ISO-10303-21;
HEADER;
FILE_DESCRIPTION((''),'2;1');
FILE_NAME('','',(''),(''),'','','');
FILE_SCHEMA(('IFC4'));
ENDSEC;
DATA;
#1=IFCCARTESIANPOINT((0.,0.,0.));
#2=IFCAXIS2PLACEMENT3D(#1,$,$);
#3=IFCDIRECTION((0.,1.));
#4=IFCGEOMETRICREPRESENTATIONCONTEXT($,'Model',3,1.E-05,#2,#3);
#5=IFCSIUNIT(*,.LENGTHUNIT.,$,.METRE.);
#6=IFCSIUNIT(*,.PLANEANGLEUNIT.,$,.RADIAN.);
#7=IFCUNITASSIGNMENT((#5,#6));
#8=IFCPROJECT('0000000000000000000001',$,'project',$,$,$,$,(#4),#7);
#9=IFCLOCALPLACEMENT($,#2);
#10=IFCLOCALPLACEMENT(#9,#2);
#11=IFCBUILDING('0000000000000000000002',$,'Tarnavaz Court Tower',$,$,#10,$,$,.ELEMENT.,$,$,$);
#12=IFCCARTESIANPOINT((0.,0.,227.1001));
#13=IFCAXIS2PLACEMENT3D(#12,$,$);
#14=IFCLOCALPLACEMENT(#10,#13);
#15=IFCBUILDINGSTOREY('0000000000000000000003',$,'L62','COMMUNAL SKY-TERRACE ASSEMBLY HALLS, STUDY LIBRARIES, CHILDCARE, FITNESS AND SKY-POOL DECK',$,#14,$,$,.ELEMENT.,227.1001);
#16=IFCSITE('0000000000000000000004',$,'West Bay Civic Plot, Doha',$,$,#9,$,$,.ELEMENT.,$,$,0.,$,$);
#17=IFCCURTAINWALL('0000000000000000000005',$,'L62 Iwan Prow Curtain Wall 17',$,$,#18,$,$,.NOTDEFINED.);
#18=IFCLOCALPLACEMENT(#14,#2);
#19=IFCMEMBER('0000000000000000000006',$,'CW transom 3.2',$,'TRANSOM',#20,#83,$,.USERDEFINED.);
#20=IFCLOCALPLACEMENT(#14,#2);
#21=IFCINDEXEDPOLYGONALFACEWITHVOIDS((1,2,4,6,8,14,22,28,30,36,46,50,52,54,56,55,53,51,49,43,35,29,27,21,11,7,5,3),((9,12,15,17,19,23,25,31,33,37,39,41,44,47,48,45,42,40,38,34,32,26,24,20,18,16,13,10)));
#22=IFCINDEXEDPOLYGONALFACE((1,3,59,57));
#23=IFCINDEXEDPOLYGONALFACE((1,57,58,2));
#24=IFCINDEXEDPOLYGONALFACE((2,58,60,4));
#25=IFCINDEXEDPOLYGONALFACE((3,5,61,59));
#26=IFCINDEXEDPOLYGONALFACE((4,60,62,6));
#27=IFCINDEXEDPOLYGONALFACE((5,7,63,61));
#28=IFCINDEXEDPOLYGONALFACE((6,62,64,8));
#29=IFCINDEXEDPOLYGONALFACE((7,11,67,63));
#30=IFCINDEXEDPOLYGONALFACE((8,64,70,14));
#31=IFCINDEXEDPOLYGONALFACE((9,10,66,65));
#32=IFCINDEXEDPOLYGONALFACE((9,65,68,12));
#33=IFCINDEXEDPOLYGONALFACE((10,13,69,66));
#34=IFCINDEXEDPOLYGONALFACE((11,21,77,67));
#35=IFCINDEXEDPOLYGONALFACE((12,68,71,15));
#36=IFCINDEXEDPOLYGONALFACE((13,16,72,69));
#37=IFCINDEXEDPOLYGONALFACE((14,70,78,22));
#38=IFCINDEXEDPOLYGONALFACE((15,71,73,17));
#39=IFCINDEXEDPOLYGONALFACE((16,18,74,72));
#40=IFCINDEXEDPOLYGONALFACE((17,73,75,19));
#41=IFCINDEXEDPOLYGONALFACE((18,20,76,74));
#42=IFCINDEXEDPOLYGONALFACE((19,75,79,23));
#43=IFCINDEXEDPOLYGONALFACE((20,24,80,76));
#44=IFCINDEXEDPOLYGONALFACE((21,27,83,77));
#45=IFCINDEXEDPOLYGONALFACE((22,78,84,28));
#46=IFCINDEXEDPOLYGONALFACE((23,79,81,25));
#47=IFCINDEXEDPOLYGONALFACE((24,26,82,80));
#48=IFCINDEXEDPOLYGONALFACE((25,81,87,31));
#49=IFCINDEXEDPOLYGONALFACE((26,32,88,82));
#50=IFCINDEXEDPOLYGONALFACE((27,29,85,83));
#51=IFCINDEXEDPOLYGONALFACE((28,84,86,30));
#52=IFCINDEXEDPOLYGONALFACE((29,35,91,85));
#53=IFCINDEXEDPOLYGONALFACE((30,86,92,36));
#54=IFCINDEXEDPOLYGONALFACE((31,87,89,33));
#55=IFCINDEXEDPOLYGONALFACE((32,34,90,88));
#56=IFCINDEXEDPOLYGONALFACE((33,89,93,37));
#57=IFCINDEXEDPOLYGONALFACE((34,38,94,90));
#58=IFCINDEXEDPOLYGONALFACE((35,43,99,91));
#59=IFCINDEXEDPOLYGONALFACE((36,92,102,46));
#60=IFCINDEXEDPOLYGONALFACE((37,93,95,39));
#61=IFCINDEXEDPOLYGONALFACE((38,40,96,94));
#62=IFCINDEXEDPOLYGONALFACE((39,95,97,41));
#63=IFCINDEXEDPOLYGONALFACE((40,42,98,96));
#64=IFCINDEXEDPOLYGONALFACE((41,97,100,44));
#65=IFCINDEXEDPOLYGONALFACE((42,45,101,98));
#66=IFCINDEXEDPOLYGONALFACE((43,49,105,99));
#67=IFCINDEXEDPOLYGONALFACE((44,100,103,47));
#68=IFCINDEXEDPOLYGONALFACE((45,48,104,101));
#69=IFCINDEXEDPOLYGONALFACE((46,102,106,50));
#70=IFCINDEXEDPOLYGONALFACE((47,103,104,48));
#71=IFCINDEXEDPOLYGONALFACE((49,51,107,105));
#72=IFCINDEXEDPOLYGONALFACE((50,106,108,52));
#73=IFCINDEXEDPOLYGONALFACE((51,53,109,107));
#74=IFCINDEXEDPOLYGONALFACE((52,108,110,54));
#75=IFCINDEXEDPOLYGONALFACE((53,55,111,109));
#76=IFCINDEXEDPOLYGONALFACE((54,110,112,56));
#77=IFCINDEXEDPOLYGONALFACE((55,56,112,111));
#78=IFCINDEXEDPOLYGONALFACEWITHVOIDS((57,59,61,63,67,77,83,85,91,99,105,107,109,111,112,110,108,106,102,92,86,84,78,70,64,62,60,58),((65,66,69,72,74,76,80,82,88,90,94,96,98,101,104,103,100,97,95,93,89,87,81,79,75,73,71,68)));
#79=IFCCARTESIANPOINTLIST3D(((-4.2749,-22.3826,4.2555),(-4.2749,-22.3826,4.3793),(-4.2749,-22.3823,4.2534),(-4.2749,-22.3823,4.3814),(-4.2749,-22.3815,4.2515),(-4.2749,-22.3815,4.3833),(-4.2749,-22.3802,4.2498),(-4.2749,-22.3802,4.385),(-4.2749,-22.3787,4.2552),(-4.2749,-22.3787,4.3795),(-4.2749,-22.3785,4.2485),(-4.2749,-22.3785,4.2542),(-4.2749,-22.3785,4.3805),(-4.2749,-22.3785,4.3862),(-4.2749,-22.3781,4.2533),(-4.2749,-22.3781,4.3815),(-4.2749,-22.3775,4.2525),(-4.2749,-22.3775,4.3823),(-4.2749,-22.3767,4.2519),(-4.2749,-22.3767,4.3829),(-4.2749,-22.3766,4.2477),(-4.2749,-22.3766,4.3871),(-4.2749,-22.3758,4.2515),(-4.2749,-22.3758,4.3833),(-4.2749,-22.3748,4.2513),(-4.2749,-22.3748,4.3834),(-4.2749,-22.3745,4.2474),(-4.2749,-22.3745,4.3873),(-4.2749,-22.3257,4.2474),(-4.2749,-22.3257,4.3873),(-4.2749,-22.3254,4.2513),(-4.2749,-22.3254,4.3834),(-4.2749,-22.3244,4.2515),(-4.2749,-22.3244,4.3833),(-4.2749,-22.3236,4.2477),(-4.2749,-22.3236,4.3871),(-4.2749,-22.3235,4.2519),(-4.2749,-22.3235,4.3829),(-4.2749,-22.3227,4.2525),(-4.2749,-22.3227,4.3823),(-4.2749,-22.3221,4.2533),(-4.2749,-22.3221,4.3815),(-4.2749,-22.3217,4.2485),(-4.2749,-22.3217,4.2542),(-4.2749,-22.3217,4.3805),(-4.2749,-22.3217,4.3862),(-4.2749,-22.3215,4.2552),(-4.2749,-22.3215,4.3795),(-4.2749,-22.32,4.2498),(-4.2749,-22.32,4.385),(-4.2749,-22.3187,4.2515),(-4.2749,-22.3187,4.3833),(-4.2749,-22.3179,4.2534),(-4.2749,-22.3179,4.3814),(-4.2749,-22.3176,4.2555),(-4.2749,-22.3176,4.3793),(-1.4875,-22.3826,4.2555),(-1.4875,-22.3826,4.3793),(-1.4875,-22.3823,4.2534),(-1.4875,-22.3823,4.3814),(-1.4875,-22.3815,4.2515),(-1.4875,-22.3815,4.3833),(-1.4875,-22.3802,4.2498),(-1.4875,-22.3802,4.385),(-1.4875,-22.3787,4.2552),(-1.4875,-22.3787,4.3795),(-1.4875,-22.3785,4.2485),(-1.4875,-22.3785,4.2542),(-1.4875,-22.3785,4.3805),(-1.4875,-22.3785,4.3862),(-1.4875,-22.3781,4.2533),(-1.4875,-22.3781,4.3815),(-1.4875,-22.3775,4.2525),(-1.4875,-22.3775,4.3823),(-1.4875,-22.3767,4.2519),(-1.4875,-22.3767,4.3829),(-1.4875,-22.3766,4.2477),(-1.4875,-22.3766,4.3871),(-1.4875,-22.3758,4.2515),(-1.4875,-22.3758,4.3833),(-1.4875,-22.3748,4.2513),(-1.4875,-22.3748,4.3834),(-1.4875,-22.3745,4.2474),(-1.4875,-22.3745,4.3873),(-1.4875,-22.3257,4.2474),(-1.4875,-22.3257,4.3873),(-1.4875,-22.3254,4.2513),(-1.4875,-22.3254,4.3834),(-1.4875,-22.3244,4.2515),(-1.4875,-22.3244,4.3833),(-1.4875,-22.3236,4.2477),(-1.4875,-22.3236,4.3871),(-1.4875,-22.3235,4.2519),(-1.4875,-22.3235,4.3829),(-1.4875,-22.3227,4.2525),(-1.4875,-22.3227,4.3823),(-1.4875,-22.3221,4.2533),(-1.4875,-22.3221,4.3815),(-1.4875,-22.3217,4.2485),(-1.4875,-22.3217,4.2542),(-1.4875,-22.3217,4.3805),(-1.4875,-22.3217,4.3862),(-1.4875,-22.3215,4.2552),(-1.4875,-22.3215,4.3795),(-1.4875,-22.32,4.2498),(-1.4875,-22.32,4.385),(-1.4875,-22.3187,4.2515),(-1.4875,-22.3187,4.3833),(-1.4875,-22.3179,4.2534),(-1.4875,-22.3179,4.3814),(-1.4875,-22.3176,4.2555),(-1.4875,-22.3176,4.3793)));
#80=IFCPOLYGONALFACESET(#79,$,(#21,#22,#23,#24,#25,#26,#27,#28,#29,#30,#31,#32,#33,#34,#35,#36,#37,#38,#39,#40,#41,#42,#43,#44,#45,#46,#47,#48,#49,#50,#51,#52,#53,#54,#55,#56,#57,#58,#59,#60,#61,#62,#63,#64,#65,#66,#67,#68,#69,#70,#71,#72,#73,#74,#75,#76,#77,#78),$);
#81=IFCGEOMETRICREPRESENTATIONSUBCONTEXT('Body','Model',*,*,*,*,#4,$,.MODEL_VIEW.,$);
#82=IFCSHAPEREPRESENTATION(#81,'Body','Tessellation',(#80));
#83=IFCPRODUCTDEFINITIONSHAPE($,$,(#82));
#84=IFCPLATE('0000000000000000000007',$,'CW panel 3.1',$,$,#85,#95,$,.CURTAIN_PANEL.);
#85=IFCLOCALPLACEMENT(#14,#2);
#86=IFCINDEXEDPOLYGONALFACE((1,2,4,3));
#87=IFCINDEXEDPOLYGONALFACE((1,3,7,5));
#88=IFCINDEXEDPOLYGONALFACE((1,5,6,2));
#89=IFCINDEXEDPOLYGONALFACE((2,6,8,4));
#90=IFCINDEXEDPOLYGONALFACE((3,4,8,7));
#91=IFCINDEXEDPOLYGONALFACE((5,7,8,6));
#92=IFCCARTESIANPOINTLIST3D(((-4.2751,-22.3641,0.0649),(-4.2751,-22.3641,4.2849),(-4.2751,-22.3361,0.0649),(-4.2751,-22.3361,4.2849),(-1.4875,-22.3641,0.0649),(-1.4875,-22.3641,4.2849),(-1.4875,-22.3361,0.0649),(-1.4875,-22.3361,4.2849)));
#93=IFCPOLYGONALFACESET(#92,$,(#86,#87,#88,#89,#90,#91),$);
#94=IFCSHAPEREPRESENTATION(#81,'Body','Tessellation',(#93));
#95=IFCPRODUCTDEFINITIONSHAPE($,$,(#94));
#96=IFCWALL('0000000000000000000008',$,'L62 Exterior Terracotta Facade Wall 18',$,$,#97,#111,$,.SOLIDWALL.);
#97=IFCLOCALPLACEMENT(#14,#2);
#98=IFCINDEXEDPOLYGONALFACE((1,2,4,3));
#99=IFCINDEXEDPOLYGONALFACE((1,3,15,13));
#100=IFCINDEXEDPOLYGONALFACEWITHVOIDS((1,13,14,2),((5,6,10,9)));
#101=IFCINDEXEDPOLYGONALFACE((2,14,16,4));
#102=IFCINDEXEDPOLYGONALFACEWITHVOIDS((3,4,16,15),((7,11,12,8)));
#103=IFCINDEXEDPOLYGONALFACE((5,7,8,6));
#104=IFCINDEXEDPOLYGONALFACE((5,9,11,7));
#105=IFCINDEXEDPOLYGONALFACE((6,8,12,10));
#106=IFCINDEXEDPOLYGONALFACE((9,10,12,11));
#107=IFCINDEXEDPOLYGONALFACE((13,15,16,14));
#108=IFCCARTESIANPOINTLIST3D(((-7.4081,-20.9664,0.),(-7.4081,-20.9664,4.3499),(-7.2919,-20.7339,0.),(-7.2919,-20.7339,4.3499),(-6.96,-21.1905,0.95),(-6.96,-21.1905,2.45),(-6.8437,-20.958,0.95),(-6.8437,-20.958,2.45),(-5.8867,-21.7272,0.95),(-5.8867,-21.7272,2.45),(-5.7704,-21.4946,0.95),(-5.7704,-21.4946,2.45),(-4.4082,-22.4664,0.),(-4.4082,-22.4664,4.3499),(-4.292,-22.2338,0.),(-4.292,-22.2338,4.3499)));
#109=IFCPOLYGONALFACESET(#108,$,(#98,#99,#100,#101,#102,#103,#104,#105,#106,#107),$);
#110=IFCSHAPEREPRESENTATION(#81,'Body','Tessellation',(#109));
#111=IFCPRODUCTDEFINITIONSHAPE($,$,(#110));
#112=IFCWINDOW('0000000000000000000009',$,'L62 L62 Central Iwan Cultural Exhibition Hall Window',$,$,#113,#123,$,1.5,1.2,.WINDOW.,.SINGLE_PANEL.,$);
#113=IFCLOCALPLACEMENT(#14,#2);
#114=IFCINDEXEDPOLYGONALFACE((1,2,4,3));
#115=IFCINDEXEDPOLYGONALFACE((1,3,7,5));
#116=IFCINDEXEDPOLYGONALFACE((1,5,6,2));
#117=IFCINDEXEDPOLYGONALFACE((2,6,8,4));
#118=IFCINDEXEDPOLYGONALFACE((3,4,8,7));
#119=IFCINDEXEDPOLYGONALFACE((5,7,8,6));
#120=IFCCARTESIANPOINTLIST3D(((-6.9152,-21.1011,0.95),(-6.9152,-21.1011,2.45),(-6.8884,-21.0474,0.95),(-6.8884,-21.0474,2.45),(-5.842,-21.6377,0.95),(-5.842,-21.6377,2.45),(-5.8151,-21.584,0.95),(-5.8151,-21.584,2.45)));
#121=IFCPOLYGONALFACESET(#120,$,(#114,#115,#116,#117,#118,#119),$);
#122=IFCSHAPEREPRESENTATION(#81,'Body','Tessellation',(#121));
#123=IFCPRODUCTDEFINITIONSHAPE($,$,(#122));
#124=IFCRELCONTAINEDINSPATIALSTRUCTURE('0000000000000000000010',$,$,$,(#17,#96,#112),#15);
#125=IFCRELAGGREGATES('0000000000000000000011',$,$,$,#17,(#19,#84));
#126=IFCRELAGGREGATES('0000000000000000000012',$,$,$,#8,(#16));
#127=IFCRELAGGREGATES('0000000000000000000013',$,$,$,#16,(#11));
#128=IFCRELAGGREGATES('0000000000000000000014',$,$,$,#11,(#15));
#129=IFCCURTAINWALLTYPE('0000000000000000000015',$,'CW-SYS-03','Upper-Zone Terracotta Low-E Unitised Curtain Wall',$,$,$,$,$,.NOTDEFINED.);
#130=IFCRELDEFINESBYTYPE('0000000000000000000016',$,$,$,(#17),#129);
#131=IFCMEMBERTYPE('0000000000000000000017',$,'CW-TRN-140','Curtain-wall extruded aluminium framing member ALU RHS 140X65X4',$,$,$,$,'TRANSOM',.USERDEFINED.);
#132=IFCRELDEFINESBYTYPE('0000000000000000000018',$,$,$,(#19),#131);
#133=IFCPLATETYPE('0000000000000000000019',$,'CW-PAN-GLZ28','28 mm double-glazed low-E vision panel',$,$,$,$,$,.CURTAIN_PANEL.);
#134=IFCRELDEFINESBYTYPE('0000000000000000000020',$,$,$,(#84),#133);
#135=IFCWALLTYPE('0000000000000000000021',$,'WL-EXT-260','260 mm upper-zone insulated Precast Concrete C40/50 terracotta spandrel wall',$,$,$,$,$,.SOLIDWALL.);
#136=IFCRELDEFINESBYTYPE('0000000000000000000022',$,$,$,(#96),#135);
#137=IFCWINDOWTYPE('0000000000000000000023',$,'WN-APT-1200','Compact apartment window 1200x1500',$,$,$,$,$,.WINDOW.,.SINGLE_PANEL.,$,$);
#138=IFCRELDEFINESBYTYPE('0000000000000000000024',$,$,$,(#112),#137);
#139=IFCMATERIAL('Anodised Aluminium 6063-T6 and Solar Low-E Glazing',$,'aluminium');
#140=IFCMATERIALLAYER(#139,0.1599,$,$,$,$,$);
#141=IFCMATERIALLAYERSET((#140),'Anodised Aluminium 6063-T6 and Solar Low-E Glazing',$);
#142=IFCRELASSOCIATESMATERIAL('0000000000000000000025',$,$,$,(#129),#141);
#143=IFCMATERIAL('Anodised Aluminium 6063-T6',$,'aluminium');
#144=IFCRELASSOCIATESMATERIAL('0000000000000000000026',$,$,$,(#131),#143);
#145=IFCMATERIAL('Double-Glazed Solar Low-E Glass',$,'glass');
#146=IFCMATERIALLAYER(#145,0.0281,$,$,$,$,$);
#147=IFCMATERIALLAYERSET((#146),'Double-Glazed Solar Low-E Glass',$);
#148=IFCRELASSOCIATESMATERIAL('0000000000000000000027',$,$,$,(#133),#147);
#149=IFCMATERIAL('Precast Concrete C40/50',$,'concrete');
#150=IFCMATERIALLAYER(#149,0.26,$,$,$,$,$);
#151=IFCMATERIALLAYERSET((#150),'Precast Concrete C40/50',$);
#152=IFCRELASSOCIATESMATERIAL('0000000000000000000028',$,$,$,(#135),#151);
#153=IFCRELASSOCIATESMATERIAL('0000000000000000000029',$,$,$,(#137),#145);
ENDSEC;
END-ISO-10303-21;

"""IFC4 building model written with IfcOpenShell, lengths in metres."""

from ifc_helpers import new_model, si_unit, direction, frame, frame_2d, origin, origin_2d, place, context, subcontext, project, spatial, rectangle, hollow_rectangle, extrude, material, layer, layer_set, material_profile, profile_set, type_object, element, fill, aggregate, save


model = new_model("IFC4")

# Units and contexts
model_context = context("Model", 3, precision=1e-05, world=origin(), true_north=direction((0.0, 1.0)))
body_context = subcontext(model_context, "Body", "Model", "MODEL_VIEW")
ifc_project = project(units=[si_unit("LENGTHUNIT", "METRE"), si_unit("PLANEANGLEUNIT", "RADIAN")], contexts=[model_context])

# Site, building, storey
site_placement = place(None, origin())
site = spatial("IfcSite", under=ifc_project, at=site_placement, Name="West Bay Civic Plot, Doha", CompositionType="ELEMENT", RefElevation=0.0)
building_placement = place(site_placement, origin())
building = spatial("IfcBuilding", under=site, at=building_placement, Name="Tarnavaz Court Tower", CompositionType="ELEMENT")
storey_placement = place(building_placement, frame((0.0, 0.0, 227.1001)))
storey = spatial("IfcBuildingStorey", under=building, at=storey_placement, Name="L62", Description="COMMUNAL SKY-TERRACE ASSEMBLY HALLS, STUDY LIBRARIES, CHILDCARE, FITNESS AND SKY-POOL DECK", CompositionType="ELEMENT", Elevation=227.1001)

# Curtain wall, member, plate
ifc_material_1 = material(Name="Anodised Aluminium 6063-T6 and Solar Low-E Glazing", Category="aluminium")
ifc_layer_1 = layer(ifc_material_1, 0.1599)
ifc_layer_set_1 = layer_set([ifc_layer_1], Name="Anodised Aluminium 6063-T6 and Solar Low-E Glazing")
curtain_wall_type = type_object("IfcCurtainWallType", Name="CW-SYS-03", Description="Upper-Zone Terracotta Low-E Unitised Curtain Wall", PredefinedType="NOTDEFINED", material=ifc_layer_set_1)
curtain_wall_placement = place(storey_placement, origin())
curtain_wall = element("IfcCurtainWall", 1, at=curtain_wall_placement, inside=storey, type_object=curtain_wall_type, Name="L62 Iwan Prow Curtain Wall 17", PredefinedType="NOTDEFINED")
ifc_material_2 = material(Name="Anodised Aluminium 6063-T6", Category="aluminium")
ifc_material_profile_1 = material_profile(ifc_material_2, hollow_rectangle(XDim=0.0649, YDim=0.1399, WallThickness=0.0039, InnerFilletRadius=0.0039, OuterFilletRadius=0.0081, at=origin_2d()), Name="ALU RHS 140X65X4")
ifc_profile_set_1 = profile_set([ifc_material_profile_1], Name="Anodised Aluminium 6063-T6")
member_type_1 = type_object("IfcMemberType", Name="CW-TRN-140", Description="Curtain-wall extruded aluminium framing member ALU RHS 140X65X4", ElementType="TRANSOM", PredefinedType="USERDEFINED", material=ifc_profile_set_1)
member_1_placement = place(storey_placement, frame((-1.4875, -22.3501, 4.3174), z_axis=(-1.0, 0.0, 0.0), x_axis=(0.0, -1.0, 0.0)))
member_1 = element("IfcMember", 2, at=member_1_placement, type_object=member_type_1, Name="CW transom 3.2", ObjectType="TRANSOM", PredefinedType="USERDEFINED", context=body_context, shape_type="SweptSolid", body=[
    extrude(hollow_rectangle(XDim=0.0649, YDim=0.1399, WallThickness=0.0039, InnerFilletRadius=0.0039, OuterFilletRadius=0.0081, at=origin_2d()), origin(), (0.0, 0.0, 1.0), 2.7874),
])
ifc_material_3 = material(Name="Double-Glazed Solar Low-E Glass", Category="glass")
ifc_layer_2 = layer(ifc_material_3, 0.0281)
ifc_layer_set_2 = layer_set([ifc_layer_2], Name="Double-Glazed Solar Low-E Glass")
plate_type = type_object("IfcPlateType", Name="CW-PAN-GLZ28", Description="28 mm double-glazed low-E vision panel", PredefinedType="CURTAIN_PANEL", material=ifc_layer_set_2)
plate_placement = place(storey_placement, frame((-2.8813, -22.3501, 0.0649), z_axis=(0.0, 0.0, 1.0), x_axis=(-1.0, 0.0, 0.0)))
plate = element("IfcPlate", 3, at=plate_placement, type_object=plate_type, Name="CW panel 3.1", PredefinedType="CURTAIN_PANEL", context=body_context, shape_type="SweptSolid", body=[
    extrude(rectangle(XDim=2.7876, YDim=0.0281, at=origin_2d()), origin(), (0.0, 0.0, 1.0), 4.22),
])
aggregate(curtain_wall, [member_1, plate])

# Wall, opening, window
ifc_material_4 = material(Name="Precast Concrete C40/50", Category="concrete")
ifc_layer_3 = layer(ifc_material_4, 0.26)
ifc_layer_set_3 = layer_set([ifc_layer_3], Name="Precast Concrete C40/50")
wall_type_1 = type_object("IfcWallType", Name="WL-EXT-260", Description="260 mm upper-zone insulated Precast Concrete C40/50 terracotta spandrel wall", PredefinedType="SOLIDWALL", material=ifc_layer_set_3)
wall_1_placement = place(storey_placement, frame((-4.3501, -22.3501, 0.0), z_axis=(0.0, 0.0, 1.0), x_axis=(-0.894427, 0.447214, 0.0)))
wall_1 = element("IfcWall", 4, at=wall_1_placement, inside=storey, type_object=wall_type_1, Name="L62 Exterior Terracotta Facade Wall 18", PredefinedType="SOLIDWALL", context=body_context, shape_type="SweptSolid", body=[
    extrude(rectangle(XDim=3.354, YDim=0.26, at=frame_2d((1.677, 0.0))), origin(), (0.0, 0.0, 1.0), 4.3499),
])
opening_1_placement = place(wall_1_placement, frame((1.6528, 0.0, 0.95)))
opening_1 = element("IfcOpeningElement", 5, at=opening_1_placement, cuts=wall_1, PredefinedType="OPENING", context=body_context, shape_type="SweptSolid", body=[
    extrude(rectangle(XDim=1.2, YDim=1.5, at=frame_2d((0.6001, 0.75))), frame((0.0, 0.1399, 0.0), z_axis=(0.0, -1.0, 0.0), x_axis=(1.0, 0.0, 0.0)), (0.0, 0.0, 1.0), 0.28),
])
window_type_1 = type_object("IfcWindowType", Name="WN-APT-1200", Description="Compact apartment window 1200x1500", PartitioningType="SINGLE_PANEL", PredefinedType="WINDOW", material=ifc_material_3)
window_1_placement = place(opening_1_placement, origin())
window_1 = element("IfcWindow", 6, at=window_1_placement, inside=storey, type_object=window_type_1, Name="L62 L62 Central Iwan Cultural Exhibition Hall Window", OverallHeight=1.5, OverallWidth=1.2, PartitioningType="SINGLE_PANEL", PredefinedType="WINDOW", context=body_context, shape_type="SweptSolid", body=[
    extrude(rectangle(XDim=1.2, YDim=1.5, at=frame_2d((0.6001, 0.75))), frame((0.0, 0.03, 0.0), z_axis=(0.0, -1.0, 0.0), x_axis=(1.0, 0.0, 0.0)), (0.0, 0.0, 1.0), 0.0601),
])
fill(opening_1, window_1)

save(model, "model.ifc")
